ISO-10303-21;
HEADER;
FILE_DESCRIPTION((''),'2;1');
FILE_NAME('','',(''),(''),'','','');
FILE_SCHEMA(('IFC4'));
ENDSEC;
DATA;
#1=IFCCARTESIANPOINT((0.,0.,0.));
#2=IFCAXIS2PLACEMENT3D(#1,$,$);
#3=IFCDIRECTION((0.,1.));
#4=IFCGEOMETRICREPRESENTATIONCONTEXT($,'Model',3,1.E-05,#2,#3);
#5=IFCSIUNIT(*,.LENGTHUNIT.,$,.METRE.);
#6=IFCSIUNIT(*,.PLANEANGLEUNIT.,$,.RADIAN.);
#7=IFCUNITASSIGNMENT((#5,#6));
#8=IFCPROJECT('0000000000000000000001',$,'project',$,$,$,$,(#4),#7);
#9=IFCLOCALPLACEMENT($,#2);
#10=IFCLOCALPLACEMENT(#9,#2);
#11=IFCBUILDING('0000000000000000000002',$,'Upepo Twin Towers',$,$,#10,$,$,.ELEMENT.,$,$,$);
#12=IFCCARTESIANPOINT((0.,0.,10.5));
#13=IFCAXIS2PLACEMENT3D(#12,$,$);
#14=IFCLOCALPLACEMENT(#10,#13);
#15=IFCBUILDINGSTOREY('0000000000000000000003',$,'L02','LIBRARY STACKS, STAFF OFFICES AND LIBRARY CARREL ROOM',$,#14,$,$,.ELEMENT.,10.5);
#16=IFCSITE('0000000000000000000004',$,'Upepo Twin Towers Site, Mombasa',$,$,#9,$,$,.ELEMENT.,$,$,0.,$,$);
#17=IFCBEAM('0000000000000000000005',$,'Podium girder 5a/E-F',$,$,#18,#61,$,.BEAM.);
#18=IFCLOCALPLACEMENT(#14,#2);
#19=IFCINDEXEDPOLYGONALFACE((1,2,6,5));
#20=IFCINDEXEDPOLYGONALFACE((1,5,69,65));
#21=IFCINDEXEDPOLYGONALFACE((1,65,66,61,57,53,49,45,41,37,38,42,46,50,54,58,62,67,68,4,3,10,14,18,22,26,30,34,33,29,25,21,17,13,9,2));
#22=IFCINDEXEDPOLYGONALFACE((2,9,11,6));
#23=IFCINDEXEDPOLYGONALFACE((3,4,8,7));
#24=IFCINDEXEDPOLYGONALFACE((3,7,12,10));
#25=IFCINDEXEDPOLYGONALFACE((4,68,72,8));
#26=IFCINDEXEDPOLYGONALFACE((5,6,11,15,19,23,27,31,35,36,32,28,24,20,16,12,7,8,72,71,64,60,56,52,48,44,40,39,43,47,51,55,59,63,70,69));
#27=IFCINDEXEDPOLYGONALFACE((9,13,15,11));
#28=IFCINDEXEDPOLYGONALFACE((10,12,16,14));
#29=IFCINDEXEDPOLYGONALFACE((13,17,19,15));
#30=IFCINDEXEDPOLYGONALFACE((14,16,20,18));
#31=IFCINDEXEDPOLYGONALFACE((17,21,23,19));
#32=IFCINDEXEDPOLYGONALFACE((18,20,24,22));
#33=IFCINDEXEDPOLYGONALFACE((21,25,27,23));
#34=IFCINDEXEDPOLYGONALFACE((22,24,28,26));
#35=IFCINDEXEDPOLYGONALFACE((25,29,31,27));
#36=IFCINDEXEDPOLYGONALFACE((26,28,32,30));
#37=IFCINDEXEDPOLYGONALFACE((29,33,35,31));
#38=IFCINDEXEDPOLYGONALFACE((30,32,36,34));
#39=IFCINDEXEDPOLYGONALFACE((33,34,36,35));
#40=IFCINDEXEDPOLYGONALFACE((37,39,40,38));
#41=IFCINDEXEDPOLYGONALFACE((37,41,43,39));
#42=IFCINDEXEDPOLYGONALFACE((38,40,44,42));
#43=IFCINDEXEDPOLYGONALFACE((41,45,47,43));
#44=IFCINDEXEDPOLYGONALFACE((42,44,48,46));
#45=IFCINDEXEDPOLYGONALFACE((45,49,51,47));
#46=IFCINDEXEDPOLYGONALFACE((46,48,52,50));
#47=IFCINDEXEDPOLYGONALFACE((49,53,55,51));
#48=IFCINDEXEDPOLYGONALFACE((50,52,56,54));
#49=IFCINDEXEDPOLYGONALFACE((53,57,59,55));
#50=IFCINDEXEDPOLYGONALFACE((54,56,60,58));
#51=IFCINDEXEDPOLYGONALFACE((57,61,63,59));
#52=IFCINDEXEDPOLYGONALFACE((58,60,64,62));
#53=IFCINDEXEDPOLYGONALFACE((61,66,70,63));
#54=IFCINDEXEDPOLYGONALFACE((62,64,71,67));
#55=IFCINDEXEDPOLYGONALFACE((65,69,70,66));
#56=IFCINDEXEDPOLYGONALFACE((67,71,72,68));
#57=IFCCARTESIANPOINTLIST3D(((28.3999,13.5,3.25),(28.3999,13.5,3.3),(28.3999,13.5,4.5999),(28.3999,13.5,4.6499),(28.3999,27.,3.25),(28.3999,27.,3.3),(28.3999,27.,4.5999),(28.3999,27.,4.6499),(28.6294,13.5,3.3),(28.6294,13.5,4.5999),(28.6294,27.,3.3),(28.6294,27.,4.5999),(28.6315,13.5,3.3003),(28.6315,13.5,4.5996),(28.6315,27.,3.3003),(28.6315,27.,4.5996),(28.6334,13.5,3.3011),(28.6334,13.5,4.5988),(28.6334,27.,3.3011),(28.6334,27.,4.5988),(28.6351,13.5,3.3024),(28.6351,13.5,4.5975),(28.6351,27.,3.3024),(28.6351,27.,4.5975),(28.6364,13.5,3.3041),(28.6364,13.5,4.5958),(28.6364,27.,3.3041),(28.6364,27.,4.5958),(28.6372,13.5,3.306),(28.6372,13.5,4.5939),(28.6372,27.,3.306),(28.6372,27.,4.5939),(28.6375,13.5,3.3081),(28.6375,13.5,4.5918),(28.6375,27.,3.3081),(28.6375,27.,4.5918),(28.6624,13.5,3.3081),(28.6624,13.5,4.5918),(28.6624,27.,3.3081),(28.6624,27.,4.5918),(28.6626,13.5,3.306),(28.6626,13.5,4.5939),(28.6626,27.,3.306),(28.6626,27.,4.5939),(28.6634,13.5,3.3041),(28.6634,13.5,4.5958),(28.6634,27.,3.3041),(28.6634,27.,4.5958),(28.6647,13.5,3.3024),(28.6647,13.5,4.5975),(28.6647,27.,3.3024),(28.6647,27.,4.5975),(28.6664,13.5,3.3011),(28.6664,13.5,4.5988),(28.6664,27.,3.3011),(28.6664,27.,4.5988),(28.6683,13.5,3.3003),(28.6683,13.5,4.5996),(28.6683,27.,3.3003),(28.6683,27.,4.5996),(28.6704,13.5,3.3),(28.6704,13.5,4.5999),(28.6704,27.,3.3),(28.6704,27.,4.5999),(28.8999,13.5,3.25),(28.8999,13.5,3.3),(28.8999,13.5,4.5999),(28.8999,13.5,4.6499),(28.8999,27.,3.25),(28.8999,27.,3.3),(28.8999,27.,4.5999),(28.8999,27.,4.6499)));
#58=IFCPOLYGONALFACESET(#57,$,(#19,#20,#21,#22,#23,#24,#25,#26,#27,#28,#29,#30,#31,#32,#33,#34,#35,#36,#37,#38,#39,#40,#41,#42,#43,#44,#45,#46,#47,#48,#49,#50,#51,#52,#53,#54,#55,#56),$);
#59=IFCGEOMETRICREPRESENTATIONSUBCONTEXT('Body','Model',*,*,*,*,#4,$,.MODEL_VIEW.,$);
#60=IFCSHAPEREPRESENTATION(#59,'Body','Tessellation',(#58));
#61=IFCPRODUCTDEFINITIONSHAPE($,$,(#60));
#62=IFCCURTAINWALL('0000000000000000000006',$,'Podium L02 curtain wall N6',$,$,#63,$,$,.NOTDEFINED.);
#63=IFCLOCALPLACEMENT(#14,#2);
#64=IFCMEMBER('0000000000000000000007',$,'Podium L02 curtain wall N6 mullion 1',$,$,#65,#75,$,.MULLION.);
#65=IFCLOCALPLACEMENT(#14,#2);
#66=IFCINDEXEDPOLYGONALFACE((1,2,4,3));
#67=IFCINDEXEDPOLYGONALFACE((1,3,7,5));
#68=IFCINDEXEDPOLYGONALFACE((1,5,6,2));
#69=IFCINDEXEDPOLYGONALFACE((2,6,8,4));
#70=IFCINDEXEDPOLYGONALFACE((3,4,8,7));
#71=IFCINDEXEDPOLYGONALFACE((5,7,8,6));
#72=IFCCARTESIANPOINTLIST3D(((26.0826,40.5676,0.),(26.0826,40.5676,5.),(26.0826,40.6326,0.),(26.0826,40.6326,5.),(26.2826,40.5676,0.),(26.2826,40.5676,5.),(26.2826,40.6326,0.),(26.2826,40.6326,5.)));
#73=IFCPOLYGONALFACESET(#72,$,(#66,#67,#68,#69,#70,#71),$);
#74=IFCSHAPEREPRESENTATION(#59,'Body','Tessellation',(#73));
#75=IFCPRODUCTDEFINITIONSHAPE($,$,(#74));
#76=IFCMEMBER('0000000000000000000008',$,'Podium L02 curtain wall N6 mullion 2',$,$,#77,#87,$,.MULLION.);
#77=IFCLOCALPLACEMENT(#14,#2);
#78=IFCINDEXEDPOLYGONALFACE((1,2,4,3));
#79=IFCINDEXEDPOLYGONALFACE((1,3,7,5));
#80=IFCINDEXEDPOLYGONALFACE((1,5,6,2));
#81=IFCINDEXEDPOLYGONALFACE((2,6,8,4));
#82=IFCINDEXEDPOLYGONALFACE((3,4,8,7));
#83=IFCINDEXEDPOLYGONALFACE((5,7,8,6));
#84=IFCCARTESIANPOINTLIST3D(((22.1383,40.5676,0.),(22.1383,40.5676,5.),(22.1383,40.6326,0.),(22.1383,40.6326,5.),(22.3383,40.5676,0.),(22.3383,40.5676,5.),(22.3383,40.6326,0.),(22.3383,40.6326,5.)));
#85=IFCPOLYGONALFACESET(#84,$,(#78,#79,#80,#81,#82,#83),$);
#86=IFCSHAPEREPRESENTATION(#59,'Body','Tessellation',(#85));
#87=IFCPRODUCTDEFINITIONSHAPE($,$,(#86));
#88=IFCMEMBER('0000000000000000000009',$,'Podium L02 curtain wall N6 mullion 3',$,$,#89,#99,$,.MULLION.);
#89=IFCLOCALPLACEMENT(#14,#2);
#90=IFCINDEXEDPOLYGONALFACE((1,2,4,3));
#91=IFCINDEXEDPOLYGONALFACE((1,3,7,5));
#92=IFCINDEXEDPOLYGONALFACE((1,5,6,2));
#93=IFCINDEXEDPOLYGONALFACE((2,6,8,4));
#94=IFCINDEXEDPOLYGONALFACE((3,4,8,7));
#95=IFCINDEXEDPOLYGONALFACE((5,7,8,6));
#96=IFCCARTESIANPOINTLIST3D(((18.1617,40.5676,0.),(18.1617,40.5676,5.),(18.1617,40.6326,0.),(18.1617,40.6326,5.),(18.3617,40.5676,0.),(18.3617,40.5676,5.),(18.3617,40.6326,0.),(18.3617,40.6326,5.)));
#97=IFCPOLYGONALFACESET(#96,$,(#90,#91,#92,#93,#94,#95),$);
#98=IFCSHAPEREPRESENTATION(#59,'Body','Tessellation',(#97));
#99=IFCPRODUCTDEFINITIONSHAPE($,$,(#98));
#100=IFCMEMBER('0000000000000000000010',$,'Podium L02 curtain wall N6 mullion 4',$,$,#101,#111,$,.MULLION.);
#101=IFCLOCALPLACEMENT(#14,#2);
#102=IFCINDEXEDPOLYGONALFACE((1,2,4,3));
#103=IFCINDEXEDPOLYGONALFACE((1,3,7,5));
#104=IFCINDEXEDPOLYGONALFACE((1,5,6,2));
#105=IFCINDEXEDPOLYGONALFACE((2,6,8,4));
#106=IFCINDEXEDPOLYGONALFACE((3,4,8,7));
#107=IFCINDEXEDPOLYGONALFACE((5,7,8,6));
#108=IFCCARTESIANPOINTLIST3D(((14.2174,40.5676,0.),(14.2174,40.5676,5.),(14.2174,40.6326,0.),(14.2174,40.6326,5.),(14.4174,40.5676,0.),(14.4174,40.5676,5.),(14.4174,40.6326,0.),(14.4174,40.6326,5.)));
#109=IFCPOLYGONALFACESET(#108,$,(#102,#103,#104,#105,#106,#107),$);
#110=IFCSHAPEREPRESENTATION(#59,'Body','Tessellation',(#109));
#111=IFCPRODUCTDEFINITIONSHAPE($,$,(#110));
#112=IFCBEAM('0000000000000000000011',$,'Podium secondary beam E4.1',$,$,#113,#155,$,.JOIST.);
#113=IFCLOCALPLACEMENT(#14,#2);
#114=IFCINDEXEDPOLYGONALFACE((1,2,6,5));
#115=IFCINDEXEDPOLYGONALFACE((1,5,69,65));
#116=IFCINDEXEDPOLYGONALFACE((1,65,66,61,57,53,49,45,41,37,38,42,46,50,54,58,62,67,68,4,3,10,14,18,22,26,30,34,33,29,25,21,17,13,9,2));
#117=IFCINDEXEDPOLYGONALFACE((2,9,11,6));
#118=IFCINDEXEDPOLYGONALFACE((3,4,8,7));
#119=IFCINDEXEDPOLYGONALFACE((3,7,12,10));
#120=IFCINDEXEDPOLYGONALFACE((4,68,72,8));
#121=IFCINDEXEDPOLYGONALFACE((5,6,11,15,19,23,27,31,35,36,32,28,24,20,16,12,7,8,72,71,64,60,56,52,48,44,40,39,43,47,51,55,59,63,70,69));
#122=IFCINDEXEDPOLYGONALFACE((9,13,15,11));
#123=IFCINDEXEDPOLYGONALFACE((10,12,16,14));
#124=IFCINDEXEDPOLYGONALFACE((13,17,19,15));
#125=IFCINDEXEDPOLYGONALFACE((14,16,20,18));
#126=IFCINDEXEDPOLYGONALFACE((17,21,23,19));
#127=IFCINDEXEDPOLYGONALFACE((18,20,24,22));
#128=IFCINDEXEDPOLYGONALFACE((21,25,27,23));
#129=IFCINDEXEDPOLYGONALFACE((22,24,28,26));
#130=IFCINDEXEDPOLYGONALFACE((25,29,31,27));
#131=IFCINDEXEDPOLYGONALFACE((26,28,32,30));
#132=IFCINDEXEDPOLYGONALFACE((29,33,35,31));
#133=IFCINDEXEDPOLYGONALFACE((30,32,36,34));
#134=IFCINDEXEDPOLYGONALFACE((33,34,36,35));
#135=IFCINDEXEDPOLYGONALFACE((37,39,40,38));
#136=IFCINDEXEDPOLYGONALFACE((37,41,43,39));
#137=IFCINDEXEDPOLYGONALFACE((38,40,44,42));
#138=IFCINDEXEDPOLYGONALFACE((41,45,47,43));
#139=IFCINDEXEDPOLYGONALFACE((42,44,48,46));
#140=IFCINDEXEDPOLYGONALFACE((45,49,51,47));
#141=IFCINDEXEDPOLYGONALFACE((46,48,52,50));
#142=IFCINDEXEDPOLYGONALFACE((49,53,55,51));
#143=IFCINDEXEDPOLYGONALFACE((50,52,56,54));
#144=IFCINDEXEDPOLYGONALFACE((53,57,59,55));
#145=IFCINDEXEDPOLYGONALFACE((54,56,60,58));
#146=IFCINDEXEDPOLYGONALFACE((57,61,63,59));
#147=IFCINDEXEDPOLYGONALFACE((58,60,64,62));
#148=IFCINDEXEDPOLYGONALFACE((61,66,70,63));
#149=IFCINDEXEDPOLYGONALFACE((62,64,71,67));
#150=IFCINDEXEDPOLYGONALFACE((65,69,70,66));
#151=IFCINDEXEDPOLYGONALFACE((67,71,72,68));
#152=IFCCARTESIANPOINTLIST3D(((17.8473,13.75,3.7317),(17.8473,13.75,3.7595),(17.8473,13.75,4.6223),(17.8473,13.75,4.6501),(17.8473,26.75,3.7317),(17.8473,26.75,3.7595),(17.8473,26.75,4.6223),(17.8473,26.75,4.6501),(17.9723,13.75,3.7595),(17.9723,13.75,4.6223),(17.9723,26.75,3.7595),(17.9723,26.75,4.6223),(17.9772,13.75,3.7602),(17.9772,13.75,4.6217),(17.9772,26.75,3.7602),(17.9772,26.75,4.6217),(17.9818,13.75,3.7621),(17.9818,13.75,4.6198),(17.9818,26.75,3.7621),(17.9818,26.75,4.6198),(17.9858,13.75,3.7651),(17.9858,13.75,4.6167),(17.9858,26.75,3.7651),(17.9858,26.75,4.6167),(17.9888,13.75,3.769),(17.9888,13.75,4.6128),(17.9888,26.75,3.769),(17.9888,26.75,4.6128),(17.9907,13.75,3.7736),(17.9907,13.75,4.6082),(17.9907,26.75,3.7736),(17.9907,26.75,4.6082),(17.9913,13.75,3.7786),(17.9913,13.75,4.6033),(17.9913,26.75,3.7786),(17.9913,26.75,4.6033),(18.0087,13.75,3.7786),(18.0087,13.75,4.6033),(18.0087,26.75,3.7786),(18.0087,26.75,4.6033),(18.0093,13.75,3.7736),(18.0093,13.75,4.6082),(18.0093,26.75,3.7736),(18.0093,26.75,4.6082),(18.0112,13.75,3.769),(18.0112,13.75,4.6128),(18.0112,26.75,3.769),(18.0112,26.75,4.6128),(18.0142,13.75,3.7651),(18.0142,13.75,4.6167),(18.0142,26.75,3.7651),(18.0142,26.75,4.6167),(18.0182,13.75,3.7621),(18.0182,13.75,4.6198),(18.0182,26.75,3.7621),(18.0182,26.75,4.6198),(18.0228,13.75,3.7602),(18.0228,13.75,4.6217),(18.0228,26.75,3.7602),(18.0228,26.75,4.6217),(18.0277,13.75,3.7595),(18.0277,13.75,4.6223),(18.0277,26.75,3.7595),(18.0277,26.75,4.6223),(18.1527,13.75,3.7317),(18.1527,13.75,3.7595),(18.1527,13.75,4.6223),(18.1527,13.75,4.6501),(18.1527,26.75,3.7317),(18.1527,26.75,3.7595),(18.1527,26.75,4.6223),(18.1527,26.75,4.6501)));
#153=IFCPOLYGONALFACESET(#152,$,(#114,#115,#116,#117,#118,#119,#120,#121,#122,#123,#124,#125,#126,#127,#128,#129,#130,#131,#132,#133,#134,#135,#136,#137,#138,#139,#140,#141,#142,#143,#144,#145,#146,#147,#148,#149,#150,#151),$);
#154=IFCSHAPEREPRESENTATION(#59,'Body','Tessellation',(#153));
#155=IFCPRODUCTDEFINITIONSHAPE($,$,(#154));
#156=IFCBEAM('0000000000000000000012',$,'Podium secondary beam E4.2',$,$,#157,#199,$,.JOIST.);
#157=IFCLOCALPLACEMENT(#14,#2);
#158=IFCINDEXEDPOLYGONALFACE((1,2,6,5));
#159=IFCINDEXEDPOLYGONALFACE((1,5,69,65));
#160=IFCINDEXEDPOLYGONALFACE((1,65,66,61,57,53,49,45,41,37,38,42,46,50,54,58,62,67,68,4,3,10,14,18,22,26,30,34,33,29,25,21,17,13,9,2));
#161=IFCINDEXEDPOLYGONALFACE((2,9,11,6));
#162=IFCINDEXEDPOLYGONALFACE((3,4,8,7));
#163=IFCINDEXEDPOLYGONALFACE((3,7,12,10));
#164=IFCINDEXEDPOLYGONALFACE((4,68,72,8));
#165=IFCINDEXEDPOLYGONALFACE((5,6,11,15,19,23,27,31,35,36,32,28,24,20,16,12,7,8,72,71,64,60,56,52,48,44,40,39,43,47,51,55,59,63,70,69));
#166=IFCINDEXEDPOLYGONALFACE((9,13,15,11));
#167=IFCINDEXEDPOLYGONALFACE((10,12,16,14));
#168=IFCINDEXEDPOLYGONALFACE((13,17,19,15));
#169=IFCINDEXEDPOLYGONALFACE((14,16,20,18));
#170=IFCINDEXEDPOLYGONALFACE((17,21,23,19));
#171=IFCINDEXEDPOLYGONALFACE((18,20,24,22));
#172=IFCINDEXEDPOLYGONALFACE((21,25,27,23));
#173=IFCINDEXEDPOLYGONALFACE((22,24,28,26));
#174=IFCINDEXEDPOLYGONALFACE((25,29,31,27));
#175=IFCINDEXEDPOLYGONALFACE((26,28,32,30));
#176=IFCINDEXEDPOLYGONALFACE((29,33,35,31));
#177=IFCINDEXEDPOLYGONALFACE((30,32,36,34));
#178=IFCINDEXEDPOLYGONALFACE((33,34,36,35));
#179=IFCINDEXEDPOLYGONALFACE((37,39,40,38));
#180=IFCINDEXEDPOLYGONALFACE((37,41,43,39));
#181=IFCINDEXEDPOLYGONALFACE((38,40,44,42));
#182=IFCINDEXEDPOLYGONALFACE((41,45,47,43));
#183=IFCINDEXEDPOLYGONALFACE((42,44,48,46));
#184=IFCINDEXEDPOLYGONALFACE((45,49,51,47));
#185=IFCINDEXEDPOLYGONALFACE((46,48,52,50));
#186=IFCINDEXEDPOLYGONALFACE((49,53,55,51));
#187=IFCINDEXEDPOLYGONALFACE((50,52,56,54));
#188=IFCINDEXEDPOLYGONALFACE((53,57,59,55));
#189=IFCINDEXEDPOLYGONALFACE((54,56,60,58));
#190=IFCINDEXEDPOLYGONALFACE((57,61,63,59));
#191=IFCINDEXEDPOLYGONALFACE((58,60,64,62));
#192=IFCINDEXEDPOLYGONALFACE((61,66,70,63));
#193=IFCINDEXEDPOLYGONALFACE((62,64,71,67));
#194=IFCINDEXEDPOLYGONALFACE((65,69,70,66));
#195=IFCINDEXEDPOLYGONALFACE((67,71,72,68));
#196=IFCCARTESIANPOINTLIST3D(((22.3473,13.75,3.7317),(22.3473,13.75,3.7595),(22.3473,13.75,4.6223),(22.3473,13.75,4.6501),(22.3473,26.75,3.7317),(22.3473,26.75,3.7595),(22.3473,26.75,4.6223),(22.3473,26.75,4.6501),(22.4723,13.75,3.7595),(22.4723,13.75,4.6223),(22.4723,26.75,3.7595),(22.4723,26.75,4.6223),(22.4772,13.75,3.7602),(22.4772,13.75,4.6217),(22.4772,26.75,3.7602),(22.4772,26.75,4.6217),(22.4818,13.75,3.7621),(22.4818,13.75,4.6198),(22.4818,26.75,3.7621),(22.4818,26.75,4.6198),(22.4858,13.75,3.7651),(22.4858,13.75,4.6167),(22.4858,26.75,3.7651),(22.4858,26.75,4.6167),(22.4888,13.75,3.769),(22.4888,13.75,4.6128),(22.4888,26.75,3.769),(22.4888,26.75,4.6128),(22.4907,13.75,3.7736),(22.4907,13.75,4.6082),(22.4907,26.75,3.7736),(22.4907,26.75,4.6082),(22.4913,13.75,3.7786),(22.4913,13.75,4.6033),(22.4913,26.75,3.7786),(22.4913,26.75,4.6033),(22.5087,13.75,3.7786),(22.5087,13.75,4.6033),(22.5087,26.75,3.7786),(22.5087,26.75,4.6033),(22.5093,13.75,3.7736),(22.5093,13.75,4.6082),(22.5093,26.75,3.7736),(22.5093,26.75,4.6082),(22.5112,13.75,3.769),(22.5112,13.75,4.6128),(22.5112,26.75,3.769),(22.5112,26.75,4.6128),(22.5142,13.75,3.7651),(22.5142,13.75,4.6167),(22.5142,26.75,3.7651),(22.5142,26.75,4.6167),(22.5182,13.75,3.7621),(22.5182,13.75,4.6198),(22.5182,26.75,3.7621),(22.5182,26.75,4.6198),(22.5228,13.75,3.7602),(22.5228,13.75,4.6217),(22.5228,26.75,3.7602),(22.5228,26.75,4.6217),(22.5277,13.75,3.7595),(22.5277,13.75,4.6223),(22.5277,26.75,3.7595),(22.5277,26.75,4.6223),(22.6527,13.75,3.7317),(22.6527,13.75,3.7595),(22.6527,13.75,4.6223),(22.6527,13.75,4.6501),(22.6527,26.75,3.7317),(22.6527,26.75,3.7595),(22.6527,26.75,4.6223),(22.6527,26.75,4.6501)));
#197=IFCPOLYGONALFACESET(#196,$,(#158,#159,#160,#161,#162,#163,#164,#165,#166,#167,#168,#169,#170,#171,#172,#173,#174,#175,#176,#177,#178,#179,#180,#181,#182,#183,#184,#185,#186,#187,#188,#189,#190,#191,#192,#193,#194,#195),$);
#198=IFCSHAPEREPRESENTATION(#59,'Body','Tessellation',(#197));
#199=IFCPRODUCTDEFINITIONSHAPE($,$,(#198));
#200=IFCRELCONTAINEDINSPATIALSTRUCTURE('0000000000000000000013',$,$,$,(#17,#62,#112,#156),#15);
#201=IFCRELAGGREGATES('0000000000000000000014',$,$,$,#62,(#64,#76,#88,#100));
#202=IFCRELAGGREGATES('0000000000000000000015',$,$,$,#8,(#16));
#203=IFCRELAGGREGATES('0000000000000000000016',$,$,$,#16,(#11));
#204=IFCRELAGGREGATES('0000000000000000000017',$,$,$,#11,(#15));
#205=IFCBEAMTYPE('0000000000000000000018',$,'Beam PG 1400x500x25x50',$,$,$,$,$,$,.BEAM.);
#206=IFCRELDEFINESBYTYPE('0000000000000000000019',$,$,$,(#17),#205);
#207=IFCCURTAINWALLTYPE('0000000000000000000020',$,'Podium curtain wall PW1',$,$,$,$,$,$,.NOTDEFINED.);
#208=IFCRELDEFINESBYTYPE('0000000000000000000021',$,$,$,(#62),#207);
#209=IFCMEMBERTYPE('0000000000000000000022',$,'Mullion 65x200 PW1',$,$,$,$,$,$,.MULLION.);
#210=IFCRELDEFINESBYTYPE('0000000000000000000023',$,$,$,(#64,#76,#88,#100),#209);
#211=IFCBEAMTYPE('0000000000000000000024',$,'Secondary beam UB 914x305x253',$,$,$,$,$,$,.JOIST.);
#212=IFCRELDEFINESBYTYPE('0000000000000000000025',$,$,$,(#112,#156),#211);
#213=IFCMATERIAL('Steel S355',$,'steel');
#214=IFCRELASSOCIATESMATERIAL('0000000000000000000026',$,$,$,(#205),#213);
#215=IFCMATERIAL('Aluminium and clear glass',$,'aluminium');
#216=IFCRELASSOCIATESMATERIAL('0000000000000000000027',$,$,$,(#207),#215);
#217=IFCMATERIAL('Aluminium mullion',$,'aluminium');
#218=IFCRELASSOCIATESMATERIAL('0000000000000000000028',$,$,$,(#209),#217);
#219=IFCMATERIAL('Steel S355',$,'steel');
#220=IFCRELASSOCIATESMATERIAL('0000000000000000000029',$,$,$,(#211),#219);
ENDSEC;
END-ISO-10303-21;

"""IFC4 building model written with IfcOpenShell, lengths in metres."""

from ifc_helpers import new_model, si_unit, direction, frame, origin, origin_2d, place, context, subcontext, project, spatial, rectangle, i_section, extrude, material, material_profile, profile_set, type_object, element, aggregate, save


model = new_model("IFC4")

# Units and contexts
model_context = context("Model", 3, precision=1e-05, world=origin(), true_north=direction((0.0, 1.0)))
body_context = subcontext(model_context, "Body", "Model", "MODEL_VIEW")
ifc_project = project(units=[si_unit("LENGTHUNIT", "METRE"), si_unit("PLANEANGLEUNIT", "RADIAN")], contexts=[model_context])

# Site, building, storey
site_placement = place(None, origin())
site = spatial("IfcSite", under=ifc_project, at=site_placement, Name="Upepo Twin Towers Site, Mombasa", CompositionType="ELEMENT", RefElevation=0.0)
building_placement = place(site_placement, origin())
building = spatial("IfcBuilding", under=site, at=building_placement, Name="Upepo Twin Towers", CompositionType="ELEMENT")
storey_placement = place(building_placement, frame((0.0, 0.0, 10.5)))
storey = spatial("IfcBuildingStorey", under=building, at=storey_placement, Name="L02", Description="LIBRARY STACKS, STAFF OFFICES AND LIBRARY CARREL ROOM", CompositionType="ELEMENT", Elevation=10.5)

# Beam
ifc_material_1 = material(Name="Steel S355", Category="steel")
ifc_material_profile_1 = material_profile(ifc_material_1, i_section(OverallWidth=0.5, OverallDepth=1.3999, WebThickness=0.0249, FlangeThickness=0.05, FilletRadius=0.0081, at=origin_2d()), Name="PG 1400x500x25x50")
ifc_profile_set_1 = profile_set([ifc_material_profile_1], Name="Steel S355")
beam_type_1 = type_object("IfcBeamType", Name="Beam PG 1400x500x25x50", PredefinedType="BEAM", material=ifc_profile_set_1)
for number, where, z_axis, x_axis, name in (
    (1, (28.6499, 13.5, 3.95), (0.0, 1.0, 0.0), (-1.0, 0.0, 0.0), "Podium girder 5a/E-F"),
):
    element("IfcBeam", number, at=place(storey_placement, frame(where, z_axis=z_axis, x_axis=x_axis)), inside=storey, type_object=beam_type_1, Name=name, PredefinedType="BEAM", context=body_context, shape_type="SweptSolid", body=[
        extrude(i_section(OverallWidth=0.5, OverallDepth=1.3999, WebThickness=0.0249, FlangeThickness=0.05, FilletRadius=0.0081, at=origin_2d()), origin(), (0.0, 0.0, 1.0), 13.5),
    ])

# Curtain wall, members
ifc_material_2 = material(Name="Aluminium and clear glass", Category="aluminium")
curtain_wall_type = type_object("IfcCurtainWallType", Name="Podium curtain wall PW1", PredefinedType="NOTDEFINED", material=ifc_material_2)
curtain_wall_placement = place(storey_placement, origin())
curtain_wall = element("IfcCurtainWall", 2, at=curtain_wall_placement, inside=storey, type_object=curtain_wall_type, Name="Podium L02 curtain wall N6", PredefinedType="NOTDEFINED")
ifc_material_3 = material(Name="Aluminium mullion", Category="aluminium")
ifc_material_profile_2 = material_profile(ifc_material_3, rectangle(XDim=0.0649, YDim=0.2, at=origin_2d()), Name="MULLION 65x200 PODIUM")
ifc_profile_set_2 = profile_set([ifc_material_profile_2], Name="Aluminium mullion")
member_type_1 = type_object("IfcMemberType", Name="Mullion 65x200 PW1", PredefinedType="MULLION", material=ifc_profile_set_2)
member_1_placement = place(storey_placement, frame((26.1826, 40.6001, 0.0), z_axis=(0.0, 0.0, 1.0), x_axis=(0.0, -1.0, 0.0)))
member_1 = element("IfcMember", 3, at=member_1_placement, type_object=member_type_1, Name="Podium L02 curtain wall N6 mullion 1", PredefinedType="MULLION", context=body_context, shape_type="SweptSolid", body=[
    extrude(rectangle(XDim=0.0649, YDim=0.2, at=origin_2d()), origin(), (0.0, 0.0, 1.0), 5.0),
])
member_2_placement = place(storey_placement, frame((22.2383, 40.6001, 0.0), z_axis=(0.0, 0.0, 1.0), x_axis=(0.0, -1.0, 0.0)))
member_2 = element("IfcMember", 4, at=member_2_placement, type_object=member_type_1, Name="Podium L02 curtain wall N6 mullion 2", PredefinedType="MULLION", context=body_context, shape_type="SweptSolid", body=[
    extrude(rectangle(XDim=0.0649, YDim=0.2, at=origin_2d()), origin(), (0.0, 0.0, 1.0), 5.0),
])
member_3_placement = place(storey_placement, frame((18.2617, 40.6001, 0.0), z_axis=(0.0, 0.0, 1.0), x_axis=(0.0, -1.0, 0.0)))
member_3 = element("IfcMember", 5, at=member_3_placement, type_object=member_type_1, Name="Podium L02 curtain wall N6 mullion 3", PredefinedType="MULLION", context=body_context, shape_type="SweptSolid", body=[
    extrude(rectangle(XDim=0.0649, YDim=0.2, at=origin_2d()), origin(), (0.0, 0.0, 1.0), 5.0),
])
member_4_placement = place(storey_placement, frame((14.3174, 40.6001, 0.0), z_axis=(0.0, 0.0, 1.0), x_axis=(0.0, -1.0, 0.0)))
member_4 = element("IfcMember", 6, at=member_4_placement, type_object=member_type_1, Name="Podium L02 curtain wall N6 mullion 4", PredefinedType="MULLION", context=body_context, shape_type="SweptSolid", body=[
    extrude(rectangle(XDim=0.0649, YDim=0.2, at=origin_2d()), origin(), (0.0, 0.0, 1.0), 5.0),
])

# Beams
ifc_material_4 = material(Name="Steel S355", Category="steel")
ifc_material_profile_3 = material_profile(ifc_material_4, i_section(OverallWidth=0.3054, OverallDepth=0.9185, WebThickness=0.0173, FlangeThickness=0.0278, FilletRadius=0.019, at=origin_2d()), Name="UB 914x305x253")
ifc_profile_set_3 = profile_set([ifc_material_profile_3], Name="Steel S355")
beam_type_2 = type_object("IfcBeamType", Name="Secondary beam UB 914x305x253", PredefinedType="JOIST", material=ifc_profile_set_3)
for number, where, z_axis, x_axis, name in (
    (7, (18.0, 13.75, 4.1909), (0.0, 1.0, 0.0), (-1.0, 0.0, 0.0), "Podium secondary beam E4.1"),
    (8, (22.5, 13.75, 4.1909), (0.0, 1.0, 0.0), (-1.0, 0.0, 0.0), "Podium secondary beam E4.2"),
):
    element("IfcBeam", number, at=place(storey_placement, frame(where, z_axis=z_axis, x_axis=x_axis)), inside=storey, type_object=beam_type_2, Name=name, PredefinedType="JOIST", context=body_context, shape_type="SweptSolid", body=[
        extrude(i_section(OverallWidth=0.3054, OverallDepth=0.9185, WebThickness=0.0173, FlangeThickness=0.0278, FilletRadius=0.019, at=origin_2d()), origin(), (0.0, 0.0, 1.0), 13.0),
    ])

aggregate(curtain_wall, [member_1, member_2, member_3, member_4])

save(model, "model.ifc")
